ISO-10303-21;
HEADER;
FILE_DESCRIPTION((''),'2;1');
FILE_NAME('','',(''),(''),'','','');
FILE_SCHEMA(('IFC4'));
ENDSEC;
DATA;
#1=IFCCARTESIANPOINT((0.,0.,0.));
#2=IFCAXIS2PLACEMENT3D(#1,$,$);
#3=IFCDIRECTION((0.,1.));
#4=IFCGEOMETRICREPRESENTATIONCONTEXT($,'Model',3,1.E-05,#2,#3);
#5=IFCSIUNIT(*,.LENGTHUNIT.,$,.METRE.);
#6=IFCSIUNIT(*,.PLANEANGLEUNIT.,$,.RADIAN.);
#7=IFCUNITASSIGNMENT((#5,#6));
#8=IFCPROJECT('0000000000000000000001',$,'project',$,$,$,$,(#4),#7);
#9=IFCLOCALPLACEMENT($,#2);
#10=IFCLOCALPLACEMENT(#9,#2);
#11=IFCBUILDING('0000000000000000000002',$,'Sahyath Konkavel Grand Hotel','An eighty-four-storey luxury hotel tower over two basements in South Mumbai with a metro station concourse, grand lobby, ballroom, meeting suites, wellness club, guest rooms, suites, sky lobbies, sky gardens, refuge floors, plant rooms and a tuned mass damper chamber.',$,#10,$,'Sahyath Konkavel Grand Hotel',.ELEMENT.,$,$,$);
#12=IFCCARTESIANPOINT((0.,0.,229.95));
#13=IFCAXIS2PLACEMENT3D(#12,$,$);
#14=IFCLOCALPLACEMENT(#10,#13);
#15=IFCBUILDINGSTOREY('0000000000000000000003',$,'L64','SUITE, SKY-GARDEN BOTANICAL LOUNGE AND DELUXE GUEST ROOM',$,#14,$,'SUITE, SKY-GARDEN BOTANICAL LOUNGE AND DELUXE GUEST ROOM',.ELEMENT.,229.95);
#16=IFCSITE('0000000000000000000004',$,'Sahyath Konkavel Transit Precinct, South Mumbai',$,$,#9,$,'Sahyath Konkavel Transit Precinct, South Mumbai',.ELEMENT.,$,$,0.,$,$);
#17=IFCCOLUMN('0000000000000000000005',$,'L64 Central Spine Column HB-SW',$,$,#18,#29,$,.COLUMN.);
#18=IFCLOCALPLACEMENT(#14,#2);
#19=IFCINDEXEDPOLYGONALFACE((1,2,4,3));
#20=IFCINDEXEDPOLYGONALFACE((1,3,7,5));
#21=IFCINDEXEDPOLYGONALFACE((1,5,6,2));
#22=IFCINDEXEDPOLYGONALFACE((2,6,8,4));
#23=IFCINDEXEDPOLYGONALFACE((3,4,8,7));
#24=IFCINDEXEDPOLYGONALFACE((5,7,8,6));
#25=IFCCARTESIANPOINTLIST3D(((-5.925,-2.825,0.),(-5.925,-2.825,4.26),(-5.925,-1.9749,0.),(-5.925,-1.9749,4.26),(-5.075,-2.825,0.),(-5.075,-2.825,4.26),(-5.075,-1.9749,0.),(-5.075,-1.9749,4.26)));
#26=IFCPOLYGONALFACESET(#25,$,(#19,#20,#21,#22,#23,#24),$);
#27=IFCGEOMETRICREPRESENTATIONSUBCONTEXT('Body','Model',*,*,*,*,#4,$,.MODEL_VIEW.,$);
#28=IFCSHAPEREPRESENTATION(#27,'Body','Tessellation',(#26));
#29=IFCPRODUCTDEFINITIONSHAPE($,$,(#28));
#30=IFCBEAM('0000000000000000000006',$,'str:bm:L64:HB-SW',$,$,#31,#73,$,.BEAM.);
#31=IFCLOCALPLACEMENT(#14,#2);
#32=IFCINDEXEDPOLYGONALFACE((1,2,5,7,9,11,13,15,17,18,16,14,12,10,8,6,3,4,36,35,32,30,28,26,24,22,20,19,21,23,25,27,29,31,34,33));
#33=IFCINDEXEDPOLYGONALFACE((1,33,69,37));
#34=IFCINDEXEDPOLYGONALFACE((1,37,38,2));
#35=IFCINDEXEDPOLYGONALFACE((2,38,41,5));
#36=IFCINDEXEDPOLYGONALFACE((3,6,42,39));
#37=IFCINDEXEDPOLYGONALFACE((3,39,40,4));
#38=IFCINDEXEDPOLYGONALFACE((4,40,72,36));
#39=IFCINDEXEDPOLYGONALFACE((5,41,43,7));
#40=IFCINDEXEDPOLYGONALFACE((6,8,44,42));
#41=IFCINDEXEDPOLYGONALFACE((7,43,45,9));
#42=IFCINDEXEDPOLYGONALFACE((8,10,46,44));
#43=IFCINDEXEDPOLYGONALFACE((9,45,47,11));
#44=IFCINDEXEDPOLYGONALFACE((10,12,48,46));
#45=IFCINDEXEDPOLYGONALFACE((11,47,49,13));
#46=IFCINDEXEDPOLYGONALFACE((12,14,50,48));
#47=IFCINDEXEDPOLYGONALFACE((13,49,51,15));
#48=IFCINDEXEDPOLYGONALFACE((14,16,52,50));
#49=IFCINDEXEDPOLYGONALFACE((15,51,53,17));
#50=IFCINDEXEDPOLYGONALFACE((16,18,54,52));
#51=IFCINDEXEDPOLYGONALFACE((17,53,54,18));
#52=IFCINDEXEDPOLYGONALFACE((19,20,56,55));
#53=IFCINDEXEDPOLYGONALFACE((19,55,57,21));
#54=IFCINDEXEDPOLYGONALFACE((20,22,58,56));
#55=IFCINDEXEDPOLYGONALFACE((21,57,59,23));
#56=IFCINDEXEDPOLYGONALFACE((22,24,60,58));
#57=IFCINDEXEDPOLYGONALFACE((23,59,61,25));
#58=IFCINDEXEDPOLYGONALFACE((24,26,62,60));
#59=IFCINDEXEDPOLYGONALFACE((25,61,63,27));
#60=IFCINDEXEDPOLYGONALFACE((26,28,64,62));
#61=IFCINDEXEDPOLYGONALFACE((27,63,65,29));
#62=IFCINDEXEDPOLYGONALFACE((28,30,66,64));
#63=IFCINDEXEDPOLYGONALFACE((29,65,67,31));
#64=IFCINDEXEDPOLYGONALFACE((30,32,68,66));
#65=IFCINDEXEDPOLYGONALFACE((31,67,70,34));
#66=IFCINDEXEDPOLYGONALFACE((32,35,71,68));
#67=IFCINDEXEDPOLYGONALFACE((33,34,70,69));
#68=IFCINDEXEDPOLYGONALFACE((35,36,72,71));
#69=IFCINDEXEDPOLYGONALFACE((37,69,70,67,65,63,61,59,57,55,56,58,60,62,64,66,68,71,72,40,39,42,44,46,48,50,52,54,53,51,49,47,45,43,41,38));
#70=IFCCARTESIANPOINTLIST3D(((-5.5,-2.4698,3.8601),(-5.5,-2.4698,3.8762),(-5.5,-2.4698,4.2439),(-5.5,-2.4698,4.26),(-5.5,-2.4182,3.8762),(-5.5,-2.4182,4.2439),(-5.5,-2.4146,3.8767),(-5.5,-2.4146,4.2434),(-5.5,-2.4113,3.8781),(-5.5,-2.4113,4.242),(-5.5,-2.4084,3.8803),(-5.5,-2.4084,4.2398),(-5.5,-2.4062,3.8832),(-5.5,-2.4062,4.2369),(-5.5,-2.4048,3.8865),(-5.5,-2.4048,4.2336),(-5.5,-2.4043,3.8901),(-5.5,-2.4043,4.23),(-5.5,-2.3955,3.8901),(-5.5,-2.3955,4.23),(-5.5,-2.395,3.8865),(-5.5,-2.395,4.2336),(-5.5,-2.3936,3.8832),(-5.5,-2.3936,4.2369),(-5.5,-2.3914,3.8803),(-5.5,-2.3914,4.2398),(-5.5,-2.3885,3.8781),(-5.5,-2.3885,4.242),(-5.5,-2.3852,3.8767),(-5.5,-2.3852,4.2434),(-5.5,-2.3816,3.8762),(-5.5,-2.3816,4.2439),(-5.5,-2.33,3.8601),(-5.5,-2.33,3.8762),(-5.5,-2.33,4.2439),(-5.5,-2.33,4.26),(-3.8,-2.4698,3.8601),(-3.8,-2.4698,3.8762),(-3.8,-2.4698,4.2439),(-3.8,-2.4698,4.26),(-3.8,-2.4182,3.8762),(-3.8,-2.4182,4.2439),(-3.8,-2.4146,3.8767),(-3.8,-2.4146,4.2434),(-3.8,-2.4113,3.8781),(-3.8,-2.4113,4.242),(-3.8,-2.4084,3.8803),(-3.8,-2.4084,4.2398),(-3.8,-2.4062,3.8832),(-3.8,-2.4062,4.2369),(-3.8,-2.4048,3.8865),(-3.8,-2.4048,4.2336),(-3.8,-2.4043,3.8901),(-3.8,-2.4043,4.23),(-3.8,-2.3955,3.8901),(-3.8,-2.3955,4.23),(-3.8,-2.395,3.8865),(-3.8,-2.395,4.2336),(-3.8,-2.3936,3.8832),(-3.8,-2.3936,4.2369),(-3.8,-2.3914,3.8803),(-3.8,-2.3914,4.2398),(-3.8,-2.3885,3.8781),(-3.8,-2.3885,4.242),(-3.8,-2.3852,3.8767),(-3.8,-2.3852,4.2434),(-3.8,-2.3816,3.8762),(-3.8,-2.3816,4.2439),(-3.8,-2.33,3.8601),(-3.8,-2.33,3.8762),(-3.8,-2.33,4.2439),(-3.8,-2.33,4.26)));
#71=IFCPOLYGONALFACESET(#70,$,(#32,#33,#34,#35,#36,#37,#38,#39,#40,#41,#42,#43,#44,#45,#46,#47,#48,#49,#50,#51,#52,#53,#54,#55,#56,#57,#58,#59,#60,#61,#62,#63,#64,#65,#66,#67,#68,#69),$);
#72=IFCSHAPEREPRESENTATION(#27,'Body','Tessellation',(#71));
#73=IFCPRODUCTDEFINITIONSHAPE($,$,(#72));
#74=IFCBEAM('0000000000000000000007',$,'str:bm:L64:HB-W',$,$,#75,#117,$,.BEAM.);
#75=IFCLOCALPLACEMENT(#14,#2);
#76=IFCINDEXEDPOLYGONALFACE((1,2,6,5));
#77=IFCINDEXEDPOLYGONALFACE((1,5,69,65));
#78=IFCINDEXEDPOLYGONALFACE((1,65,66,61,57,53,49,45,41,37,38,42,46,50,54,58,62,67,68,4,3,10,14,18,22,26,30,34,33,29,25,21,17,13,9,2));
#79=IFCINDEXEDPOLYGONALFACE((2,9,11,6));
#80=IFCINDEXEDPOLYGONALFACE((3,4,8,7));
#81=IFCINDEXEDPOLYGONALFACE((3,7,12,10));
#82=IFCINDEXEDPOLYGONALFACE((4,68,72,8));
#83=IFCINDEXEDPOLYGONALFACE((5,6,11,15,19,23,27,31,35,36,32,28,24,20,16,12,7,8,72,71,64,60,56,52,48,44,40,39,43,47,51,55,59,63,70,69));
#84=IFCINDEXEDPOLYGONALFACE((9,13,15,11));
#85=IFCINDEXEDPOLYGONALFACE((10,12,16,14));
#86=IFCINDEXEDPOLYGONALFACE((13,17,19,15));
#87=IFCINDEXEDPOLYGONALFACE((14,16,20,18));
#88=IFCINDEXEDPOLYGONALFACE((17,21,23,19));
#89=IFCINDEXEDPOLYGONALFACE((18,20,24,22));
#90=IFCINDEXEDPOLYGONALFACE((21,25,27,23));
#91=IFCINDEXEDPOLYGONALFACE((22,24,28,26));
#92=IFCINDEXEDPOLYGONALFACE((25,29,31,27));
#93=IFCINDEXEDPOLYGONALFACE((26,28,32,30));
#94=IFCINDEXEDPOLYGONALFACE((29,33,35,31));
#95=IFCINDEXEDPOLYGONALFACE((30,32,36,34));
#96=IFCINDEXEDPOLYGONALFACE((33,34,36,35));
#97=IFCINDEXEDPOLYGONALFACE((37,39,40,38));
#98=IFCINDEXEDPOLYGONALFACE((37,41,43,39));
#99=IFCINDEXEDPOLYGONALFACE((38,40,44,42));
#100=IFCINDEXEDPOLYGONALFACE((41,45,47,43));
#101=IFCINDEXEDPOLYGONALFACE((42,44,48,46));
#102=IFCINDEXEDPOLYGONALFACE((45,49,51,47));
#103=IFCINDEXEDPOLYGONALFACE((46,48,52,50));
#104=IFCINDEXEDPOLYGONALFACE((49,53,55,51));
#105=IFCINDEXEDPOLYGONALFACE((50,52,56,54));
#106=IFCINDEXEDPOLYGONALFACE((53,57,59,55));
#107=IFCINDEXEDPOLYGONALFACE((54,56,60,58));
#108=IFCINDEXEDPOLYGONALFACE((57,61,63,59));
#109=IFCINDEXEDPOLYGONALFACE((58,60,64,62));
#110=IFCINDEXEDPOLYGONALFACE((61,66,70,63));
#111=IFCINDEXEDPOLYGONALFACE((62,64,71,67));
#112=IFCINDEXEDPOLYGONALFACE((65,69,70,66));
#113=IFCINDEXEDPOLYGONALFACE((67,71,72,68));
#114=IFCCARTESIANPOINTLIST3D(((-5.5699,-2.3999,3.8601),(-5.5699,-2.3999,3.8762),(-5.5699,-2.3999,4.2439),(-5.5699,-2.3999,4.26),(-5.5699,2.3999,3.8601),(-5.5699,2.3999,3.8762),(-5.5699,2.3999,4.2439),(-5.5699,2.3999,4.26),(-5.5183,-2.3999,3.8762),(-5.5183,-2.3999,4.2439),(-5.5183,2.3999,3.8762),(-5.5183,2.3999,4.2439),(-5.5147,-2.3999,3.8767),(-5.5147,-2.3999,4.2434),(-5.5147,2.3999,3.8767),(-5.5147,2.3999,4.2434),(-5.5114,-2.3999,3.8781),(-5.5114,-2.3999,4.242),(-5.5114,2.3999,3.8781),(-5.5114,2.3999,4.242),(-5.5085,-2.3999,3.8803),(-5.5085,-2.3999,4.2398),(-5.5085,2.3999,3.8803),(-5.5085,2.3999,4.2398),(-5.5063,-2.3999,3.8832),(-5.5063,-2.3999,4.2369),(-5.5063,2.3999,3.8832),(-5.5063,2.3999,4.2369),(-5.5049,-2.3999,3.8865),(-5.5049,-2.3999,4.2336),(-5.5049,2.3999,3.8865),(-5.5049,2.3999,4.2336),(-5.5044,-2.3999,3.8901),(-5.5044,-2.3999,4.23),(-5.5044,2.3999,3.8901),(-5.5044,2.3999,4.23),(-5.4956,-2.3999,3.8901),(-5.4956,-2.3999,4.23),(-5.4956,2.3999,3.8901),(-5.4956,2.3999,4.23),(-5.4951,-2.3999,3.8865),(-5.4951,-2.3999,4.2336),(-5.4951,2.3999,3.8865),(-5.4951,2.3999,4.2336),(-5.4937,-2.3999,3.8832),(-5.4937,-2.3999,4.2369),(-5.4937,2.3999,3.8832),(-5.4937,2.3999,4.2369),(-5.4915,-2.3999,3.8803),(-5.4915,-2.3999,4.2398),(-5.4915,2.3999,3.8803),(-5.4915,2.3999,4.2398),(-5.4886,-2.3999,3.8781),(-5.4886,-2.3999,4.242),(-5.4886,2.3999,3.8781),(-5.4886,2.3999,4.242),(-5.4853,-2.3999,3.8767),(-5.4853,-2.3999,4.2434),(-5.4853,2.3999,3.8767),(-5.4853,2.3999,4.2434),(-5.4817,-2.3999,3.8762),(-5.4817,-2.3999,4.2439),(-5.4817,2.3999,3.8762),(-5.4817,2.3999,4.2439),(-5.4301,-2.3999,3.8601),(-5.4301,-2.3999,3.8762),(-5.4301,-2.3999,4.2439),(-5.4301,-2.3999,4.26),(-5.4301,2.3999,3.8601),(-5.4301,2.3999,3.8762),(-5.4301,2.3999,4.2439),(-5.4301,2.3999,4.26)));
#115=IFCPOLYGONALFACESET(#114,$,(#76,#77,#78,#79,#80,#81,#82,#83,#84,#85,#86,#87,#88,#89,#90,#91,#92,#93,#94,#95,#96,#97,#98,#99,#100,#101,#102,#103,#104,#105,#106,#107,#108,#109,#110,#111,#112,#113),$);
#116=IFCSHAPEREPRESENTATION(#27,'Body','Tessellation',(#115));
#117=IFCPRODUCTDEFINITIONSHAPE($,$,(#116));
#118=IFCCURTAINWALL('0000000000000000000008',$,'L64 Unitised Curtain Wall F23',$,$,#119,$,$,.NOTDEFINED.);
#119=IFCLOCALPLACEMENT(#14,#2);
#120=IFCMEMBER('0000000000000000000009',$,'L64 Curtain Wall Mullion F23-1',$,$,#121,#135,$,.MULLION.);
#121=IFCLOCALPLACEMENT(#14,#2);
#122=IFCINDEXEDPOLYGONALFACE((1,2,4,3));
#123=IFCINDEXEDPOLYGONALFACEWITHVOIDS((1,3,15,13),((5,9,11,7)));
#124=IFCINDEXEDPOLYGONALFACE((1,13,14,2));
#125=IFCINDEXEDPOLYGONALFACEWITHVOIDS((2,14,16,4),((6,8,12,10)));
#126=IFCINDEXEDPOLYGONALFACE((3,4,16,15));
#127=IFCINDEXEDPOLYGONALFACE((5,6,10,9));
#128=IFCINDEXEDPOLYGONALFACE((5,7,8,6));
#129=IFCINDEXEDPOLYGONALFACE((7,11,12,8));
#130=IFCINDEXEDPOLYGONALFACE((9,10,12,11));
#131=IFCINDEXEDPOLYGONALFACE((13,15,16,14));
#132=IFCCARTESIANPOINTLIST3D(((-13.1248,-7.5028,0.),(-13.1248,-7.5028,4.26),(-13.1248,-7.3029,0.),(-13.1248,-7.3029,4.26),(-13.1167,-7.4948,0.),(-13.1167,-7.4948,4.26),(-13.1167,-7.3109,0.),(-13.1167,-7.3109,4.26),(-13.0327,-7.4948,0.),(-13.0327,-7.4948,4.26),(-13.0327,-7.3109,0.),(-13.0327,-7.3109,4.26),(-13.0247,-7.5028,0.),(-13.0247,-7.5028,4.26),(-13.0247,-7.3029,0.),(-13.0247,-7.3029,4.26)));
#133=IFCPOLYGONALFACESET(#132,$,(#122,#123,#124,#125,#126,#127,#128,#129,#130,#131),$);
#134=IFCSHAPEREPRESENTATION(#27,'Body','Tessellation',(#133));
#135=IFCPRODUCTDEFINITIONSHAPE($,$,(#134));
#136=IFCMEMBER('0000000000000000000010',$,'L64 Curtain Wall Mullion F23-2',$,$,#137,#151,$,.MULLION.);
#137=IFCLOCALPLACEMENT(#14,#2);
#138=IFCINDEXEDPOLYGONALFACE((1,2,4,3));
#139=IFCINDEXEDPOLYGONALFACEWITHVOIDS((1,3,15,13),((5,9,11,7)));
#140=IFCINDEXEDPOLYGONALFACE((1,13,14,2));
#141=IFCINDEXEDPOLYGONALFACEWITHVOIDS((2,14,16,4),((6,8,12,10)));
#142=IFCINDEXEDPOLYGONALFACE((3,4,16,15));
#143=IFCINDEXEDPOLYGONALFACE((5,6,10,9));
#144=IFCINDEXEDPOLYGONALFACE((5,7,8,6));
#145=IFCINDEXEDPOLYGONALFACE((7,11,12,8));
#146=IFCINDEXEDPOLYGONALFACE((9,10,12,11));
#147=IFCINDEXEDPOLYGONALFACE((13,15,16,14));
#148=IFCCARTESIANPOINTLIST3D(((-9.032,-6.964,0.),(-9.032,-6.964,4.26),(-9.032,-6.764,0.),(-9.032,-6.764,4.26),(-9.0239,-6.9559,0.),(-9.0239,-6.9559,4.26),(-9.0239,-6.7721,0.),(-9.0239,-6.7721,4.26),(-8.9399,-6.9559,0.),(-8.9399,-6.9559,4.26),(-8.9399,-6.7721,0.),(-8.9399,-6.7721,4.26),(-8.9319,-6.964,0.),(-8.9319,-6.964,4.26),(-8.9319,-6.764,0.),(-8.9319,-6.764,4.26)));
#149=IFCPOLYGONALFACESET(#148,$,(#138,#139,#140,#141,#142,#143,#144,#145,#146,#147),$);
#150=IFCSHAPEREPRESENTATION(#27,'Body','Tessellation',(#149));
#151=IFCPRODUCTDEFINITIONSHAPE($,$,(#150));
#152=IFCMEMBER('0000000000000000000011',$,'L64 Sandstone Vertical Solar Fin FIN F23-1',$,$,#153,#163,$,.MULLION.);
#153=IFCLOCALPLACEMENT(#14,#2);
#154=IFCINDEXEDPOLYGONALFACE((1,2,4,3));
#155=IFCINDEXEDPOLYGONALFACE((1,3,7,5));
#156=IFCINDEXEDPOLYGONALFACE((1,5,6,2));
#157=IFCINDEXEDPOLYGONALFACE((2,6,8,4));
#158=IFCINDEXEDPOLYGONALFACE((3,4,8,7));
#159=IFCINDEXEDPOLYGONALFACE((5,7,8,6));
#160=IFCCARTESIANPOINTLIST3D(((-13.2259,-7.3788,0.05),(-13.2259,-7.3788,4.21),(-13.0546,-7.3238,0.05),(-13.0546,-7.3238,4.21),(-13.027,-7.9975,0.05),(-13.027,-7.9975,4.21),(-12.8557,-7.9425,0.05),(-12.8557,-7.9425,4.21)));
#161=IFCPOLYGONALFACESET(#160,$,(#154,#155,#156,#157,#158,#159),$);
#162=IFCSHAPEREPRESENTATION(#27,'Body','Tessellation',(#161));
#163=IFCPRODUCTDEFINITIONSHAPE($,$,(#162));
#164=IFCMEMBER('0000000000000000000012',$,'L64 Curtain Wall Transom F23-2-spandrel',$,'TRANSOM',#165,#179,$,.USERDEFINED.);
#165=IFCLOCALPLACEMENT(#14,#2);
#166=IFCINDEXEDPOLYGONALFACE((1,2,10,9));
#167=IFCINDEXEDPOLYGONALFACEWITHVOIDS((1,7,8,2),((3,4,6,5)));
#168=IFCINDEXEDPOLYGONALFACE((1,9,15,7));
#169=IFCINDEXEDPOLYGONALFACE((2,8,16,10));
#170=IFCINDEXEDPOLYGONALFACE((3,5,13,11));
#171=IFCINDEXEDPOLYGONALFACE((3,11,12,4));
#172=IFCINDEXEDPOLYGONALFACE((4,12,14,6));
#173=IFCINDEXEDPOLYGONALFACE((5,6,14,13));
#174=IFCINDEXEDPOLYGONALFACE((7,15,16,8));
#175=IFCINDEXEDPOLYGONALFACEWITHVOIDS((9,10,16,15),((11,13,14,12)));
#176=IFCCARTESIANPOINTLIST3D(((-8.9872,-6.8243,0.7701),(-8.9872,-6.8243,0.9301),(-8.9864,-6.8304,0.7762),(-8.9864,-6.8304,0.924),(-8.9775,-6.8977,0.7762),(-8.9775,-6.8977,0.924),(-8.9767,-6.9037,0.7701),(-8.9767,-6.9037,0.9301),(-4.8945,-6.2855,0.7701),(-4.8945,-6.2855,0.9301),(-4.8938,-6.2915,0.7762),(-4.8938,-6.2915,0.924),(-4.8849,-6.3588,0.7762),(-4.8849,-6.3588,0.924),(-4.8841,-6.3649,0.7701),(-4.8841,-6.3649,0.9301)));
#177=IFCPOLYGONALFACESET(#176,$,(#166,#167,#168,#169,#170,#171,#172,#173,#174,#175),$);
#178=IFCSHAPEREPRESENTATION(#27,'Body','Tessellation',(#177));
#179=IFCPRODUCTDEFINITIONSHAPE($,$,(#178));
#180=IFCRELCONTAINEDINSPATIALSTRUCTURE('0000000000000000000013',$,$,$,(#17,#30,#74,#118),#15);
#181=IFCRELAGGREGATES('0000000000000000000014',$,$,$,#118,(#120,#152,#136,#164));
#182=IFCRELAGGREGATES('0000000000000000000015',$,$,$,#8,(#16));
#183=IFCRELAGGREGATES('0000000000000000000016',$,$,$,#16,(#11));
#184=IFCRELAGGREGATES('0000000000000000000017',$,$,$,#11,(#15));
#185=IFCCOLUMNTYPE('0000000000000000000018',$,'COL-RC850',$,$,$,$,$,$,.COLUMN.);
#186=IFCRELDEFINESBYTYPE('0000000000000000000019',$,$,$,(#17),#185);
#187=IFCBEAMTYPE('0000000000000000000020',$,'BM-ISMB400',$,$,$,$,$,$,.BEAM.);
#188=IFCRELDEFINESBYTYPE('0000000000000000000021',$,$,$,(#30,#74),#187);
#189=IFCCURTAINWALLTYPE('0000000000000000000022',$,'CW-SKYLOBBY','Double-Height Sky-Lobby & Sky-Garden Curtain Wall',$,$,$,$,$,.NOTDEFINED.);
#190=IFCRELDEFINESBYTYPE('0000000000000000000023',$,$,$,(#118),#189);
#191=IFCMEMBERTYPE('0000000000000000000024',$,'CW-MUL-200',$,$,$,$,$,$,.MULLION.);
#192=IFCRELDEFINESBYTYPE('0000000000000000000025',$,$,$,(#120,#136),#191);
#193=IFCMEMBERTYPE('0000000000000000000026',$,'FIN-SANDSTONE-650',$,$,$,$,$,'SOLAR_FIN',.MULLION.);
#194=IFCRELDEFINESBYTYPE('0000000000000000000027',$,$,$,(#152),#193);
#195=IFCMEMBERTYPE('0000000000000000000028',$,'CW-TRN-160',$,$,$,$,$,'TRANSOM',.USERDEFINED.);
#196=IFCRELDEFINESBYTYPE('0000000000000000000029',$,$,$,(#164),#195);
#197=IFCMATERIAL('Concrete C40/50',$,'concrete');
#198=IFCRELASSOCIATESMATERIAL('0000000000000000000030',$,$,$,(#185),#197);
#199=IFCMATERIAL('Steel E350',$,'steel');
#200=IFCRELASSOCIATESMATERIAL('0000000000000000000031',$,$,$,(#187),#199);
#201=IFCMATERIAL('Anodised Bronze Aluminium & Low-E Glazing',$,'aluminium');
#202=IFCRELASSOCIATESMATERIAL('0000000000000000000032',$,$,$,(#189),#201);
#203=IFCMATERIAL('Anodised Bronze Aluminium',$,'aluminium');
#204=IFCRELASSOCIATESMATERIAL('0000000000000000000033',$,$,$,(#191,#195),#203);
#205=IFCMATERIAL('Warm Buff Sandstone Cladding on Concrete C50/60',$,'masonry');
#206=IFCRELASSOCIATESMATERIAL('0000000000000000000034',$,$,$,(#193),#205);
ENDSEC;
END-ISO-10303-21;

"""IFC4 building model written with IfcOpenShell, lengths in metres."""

from ifc_helpers import new_model, si_unit, direction, frame, origin, origin_2d, place, context, subcontext, project, spatial, rectangle, hollow_rectangle, i_section, extrude, source, transform, mapped, material, material_profile, profile_set, type_object, element, aggregate, save


model = new_model("IFC4")

# Units and contexts
model_context = context("Model", 3, precision=1e-05, world=origin(), true_north=direction((0.0, 1.0)))
body_context = subcontext(model_context, "Body", "Model", "MODEL_VIEW")
ifc_project = project(units=[si_unit("LENGTHUNIT", "METRE"), si_unit("PLANEANGLEUNIT", "RADIAN")], contexts=[model_context])

# Site, building, storey
site_placement = place(None, origin())
site = spatial("IfcSite", under=ifc_project, at=site_placement, Name="Sahyath Konkavel Transit Precinct, South Mumbai", LongName="Sahyath Konkavel Transit Precinct, South Mumbai", CompositionType="ELEMENT", RefElevation=0.0)
building_placement = place(site_placement, origin())
building = spatial("IfcBuilding", under=site, at=building_placement, Name="Sahyath Konkavel Grand Hotel", Description="An eighty-four-storey luxury hotel tower over two basements in South Mumbai with a metro station concourse, grand lobby, ballroom, meeting suites, wellness club, guest rooms, suites, sky lobbies, sky gardens, refuge floors, plant rooms and a tuned mass damper chamber.", LongName="Sahyath Konkavel Grand Hotel", CompositionType="ELEMENT")
storey_placement = place(building_placement, frame((0.0, 0.0, 229.95)))
storey = spatial("IfcBuildingStorey", under=building, at=storey_placement, Name="L64", Description="SUITE, SKY-GARDEN BOTANICAL LOUNGE AND DELUXE GUEST ROOM", LongName="SUITE, SKY-GARDEN BOTANICAL LOUNGE AND DELUXE GUEST ROOM", CompositionType="ELEMENT", Elevation=229.95)

# Column
ifc_material_1 = material(Name="Concrete C40/50", Category="concrete")
ifc_material_profile_1 = material_profile(ifc_material_1, rectangle(XDim=0.8501, YDim=0.8501, at=origin_2d()), Name="RC 850x850")
ifc_profile_set_1 = profile_set([ifc_material_profile_1], Name="Concrete C40/50")
column_type = type_object("IfcColumnType", Name="COL-RC850", PredefinedType="COLUMN", material=ifc_profile_set_1)
shared_shape_1 = source(origin(), body_context, "Body", "SweptSolid", [
    extrude(rectangle(XDim=0.8501, YDim=0.8501, at=origin_2d()), origin(), (0.0, 0.0, 1.0), 4.26),
])
column_placement = place(storey_placement, frame((-5.5, -2.3999, 0.0), z_axis=(0.0, 0.0, 1.0), x_axis=(1.0, 0.0, 0.0)))
element("IfcColumn", 1, at=column_placement, inside=storey, type_object=column_type, Name="L64 Central Spine Column HB-SW", PredefinedType="COLUMN", context=body_context, shape_type="MappedRepresentation", body=[
    mapped(shared_shape_1, transform((0.0, 0.0, 0.0), scale=1.0)),
])

# Beams
ifc_material_2 = material(Name="Steel E350", Category="steel")
ifc_material_profile_2 = material_profile(ifc_material_2, i_section(OverallWidth=0.1399, OverallDepth=0.3999, WebThickness=0.0088, FlangeThickness=0.0161, FilletRadius=0.0139, at=origin_2d()), Name="ISMB 400")
ifc_profile_set_2 = profile_set([ifc_material_profile_2], Name="Steel E350")
beam_type_1 = type_object("IfcBeamType", Name="BM-ISMB400", PredefinedType="BEAM", material=ifc_profile_set_2)
shared_shape_2 = source(origin(), body_context, "Body", "SweptSolid", [
    extrude(i_section(OverallWidth=0.1399, OverallDepth=0.3999, WebThickness=0.0088, FlangeThickness=0.0161, FilletRadius=0.0139, at=origin_2d()), origin(), (0.0, 0.0, 1.0), 1.7),
])
beam_1_placement = place(storey_placement, frame((-5.5, -2.3999, 4.0601), z_axis=(1.0, 0.0, 0.0), x_axis=(0.0, 1.0, 0.0)))
element("IfcBeam", 2, at=beam_1_placement, inside=storey, type_object=beam_type_1, Name="str:bm:L64:HB-SW", PredefinedType="BEAM", context=body_context, shape_type="MappedRepresentation", body=[
    mapped(shared_shape_2, transform((0.0, 0.0, 0.0), scale=1.0)),
])
shared_shape_3 = source(origin(), body_context, "Body", "SweptSolid", [
    extrude(i_section(OverallWidth=0.1399, OverallDepth=0.3999, WebThickness=0.0088, FlangeThickness=0.0161, FilletRadius=0.0139, at=origin_2d()), origin(), (0.0, 0.0, 1.0), 4.7998),
])
beam_2_placement = place(storey_placement, frame((-5.5, -2.3999, 4.0601), z_axis=(0.0, 1.0, 0.0), x_axis=(-1.0, 0.0, 0.0)))
element("IfcBeam", 3, at=beam_2_placement, inside=storey, type_object=beam_type_1, Name="str:bm:L64:HB-W", PredefinedType="BEAM", context=body_context, shape_type="MappedRepresentation", body=[
    mapped(shared_shape_3, transform((0.0, 0.0, 0.0), scale=1.0)),
])

# Curtain wall, members
ifc_material_3 = material(Name="Anodised Bronze Aluminium & Low-E Glazing", Category="aluminium")
curtain_wall_type = type_object("IfcCurtainWallType", Name="CW-SKYLOBBY", Description="Double-Height Sky-Lobby & Sky-Garden Curtain Wall", PredefinedType="NOTDEFINED", material=ifc_material_3)
curtain_wall_placement = place(storey_placement, origin())
curtain_wall = element("IfcCurtainWall", 4, at=curtain_wall_placement, inside=storey, type_object=curtain_wall_type, Name="L64 Unitised Curtain Wall F23", PredefinedType="NOTDEFINED")
ifc_material_4 = material(Name="Anodised Bronze Aluminium", Category="aluminium")
ifc_material_profile_3 = material_profile(ifc_material_4, hollow_rectangle(XDim=0.1001, YDim=0.2, WallThickness=0.0081, at=origin_2d()), Name="RHS 200x100x8")
ifc_profile_set_3 = profile_set([ifc_material_profile_3], Name="Anodised Bronze Aluminium")
member_type_1 = type_object("IfcMemberType", Name="CW-MUL-200", PredefinedType="MULLION", material=ifc_profile_set_3)
shared_shape_4 = source(origin(), body_context, "Body", "SweptSolid", [
    extrude(hollow_rectangle(XDim=0.1001, YDim=0.2, WallThickness=0.0081, at=origin_2d()), origin(), (0.0, 0.0, 1.0), 4.26),
])
member_1_placement = place(storey_placement, frame((-13.0747, -7.4028, 0.0), z_axis=(0.0, 0.0, 1.0), x_axis=(1.0, 0.0, 0.0)))
member_1 = element("IfcMember", 5, at=member_1_placement, type_object=member_type_1, Name="L64 Curtain Wall Mullion F23-1", PredefinedType="MULLION", context=body_context, shape_type="MappedRepresentation", body=[
    mapped(shared_shape_4, transform((0.0, 0.0, 0.0), scale=1.0)),
])
member_2_placement = place(storey_placement, frame((-8.9819, -6.864, 0.0), z_axis=(0.0, 0.0, 1.0), x_axis=(1.0, 0.0, 0.0)))
member_2 = element("IfcMember", 6, at=member_2_placement, type_object=member_type_1, Name="L64 Curtain Wall Mullion F23-2", PredefinedType="MULLION", context=body_context, shape_type="MappedRepresentation", body=[
    mapped(shared_shape_4, transform((0.0, 0.0, 0.0), scale=1.0)),
])
ifc_material_5 = material(Name="Warm Buff Sandstone Cladding on Concrete C50/60", Category="masonry")
ifc_material_profile_4 = material_profile(ifc_material_5, rectangle(XDim=0.1799, YDim=0.6499, at=origin_2d()), Name="FIN 180x650")
ifc_profile_set_4 = profile_set([ifc_material_profile_4], Name="Warm Buff Sandstone Cladding on Concrete C50/60")
member_type_2 = type_object("IfcMemberType", Name="FIN-SANDSTONE-650", ElementType="SOLAR_FIN", PredefinedType="MULLION", material=ifc_profile_set_4)
shared_shape_5 = source(origin(), body_context, "Body", "SweptSolid", [
    extrude(rectangle(XDim=0.1799, YDim=0.6499, at=origin_2d()), origin(), (0.0, 0.0, 1.0), 4.1599),
])
member_3_placement = place(storey_placement, frame((-13.0408, -7.6606, 0.05), z_axis=(0.0, 0.0, 1.0), x_axis=(0.952023, 0.306028, 0.0)))
member_3 = element("IfcMember", 7, at=member_3_placement, type_object=member_type_2, Name="L64 Sandstone Vertical Solar Fin FIN F23-1", PredefinedType="MULLION", context=body_context, shape_type="MappedRepresentation", body=[
    mapped(shared_shape_5, transform((0.0, 0.0, 0.0), scale=1.0)),
])
ifc_material_profile_5 = material_profile(ifc_material_4, hollow_rectangle(XDim=0.0801, YDim=0.1599, WallThickness=0.0061, at=origin_2d()), Name="RHS 160x80x6")
ifc_profile_set_5 = profile_set([ifc_material_profile_5], Name="Anodised Bronze Aluminium")
member_type_3 = type_object("IfcMemberType", Name="CW-TRN-160", ElementType="TRANSOM", PredefinedType="USERDEFINED", material=ifc_profile_set_5)
shared_shape_6 = source(origin(), body_context, "Body", "SweptSolid", [
    extrude(hollow_rectangle(XDim=0.0801, YDim=0.1599, WallThickness=0.0061, at=origin_2d()), origin(), (0.0, 0.0, 1.0), 4.1279),
])
member_4_placement = place(storey_placement, frame((-8.9819, -6.864, 0.8501), z_axis=(0.991444, 0.130533, 0.0), x_axis=(-0.130533, 0.991444, 0.0)))
member_4 = element("IfcMember", 8, at=member_4_placement, type_object=member_type_3, Name="L64 Curtain Wall Transom F23-2-spandrel", ObjectType="TRANSOM", PredefinedType="USERDEFINED", context=body_context, shape_type="MappedRepresentation", body=[
    mapped(shared_shape_6, transform((0.0, 0.0, 0.0), scale=1.0)),
])

aggregate(curtain_wall, [member_1, member_3, member_2, member_4])

save(model, "model.ifc")
